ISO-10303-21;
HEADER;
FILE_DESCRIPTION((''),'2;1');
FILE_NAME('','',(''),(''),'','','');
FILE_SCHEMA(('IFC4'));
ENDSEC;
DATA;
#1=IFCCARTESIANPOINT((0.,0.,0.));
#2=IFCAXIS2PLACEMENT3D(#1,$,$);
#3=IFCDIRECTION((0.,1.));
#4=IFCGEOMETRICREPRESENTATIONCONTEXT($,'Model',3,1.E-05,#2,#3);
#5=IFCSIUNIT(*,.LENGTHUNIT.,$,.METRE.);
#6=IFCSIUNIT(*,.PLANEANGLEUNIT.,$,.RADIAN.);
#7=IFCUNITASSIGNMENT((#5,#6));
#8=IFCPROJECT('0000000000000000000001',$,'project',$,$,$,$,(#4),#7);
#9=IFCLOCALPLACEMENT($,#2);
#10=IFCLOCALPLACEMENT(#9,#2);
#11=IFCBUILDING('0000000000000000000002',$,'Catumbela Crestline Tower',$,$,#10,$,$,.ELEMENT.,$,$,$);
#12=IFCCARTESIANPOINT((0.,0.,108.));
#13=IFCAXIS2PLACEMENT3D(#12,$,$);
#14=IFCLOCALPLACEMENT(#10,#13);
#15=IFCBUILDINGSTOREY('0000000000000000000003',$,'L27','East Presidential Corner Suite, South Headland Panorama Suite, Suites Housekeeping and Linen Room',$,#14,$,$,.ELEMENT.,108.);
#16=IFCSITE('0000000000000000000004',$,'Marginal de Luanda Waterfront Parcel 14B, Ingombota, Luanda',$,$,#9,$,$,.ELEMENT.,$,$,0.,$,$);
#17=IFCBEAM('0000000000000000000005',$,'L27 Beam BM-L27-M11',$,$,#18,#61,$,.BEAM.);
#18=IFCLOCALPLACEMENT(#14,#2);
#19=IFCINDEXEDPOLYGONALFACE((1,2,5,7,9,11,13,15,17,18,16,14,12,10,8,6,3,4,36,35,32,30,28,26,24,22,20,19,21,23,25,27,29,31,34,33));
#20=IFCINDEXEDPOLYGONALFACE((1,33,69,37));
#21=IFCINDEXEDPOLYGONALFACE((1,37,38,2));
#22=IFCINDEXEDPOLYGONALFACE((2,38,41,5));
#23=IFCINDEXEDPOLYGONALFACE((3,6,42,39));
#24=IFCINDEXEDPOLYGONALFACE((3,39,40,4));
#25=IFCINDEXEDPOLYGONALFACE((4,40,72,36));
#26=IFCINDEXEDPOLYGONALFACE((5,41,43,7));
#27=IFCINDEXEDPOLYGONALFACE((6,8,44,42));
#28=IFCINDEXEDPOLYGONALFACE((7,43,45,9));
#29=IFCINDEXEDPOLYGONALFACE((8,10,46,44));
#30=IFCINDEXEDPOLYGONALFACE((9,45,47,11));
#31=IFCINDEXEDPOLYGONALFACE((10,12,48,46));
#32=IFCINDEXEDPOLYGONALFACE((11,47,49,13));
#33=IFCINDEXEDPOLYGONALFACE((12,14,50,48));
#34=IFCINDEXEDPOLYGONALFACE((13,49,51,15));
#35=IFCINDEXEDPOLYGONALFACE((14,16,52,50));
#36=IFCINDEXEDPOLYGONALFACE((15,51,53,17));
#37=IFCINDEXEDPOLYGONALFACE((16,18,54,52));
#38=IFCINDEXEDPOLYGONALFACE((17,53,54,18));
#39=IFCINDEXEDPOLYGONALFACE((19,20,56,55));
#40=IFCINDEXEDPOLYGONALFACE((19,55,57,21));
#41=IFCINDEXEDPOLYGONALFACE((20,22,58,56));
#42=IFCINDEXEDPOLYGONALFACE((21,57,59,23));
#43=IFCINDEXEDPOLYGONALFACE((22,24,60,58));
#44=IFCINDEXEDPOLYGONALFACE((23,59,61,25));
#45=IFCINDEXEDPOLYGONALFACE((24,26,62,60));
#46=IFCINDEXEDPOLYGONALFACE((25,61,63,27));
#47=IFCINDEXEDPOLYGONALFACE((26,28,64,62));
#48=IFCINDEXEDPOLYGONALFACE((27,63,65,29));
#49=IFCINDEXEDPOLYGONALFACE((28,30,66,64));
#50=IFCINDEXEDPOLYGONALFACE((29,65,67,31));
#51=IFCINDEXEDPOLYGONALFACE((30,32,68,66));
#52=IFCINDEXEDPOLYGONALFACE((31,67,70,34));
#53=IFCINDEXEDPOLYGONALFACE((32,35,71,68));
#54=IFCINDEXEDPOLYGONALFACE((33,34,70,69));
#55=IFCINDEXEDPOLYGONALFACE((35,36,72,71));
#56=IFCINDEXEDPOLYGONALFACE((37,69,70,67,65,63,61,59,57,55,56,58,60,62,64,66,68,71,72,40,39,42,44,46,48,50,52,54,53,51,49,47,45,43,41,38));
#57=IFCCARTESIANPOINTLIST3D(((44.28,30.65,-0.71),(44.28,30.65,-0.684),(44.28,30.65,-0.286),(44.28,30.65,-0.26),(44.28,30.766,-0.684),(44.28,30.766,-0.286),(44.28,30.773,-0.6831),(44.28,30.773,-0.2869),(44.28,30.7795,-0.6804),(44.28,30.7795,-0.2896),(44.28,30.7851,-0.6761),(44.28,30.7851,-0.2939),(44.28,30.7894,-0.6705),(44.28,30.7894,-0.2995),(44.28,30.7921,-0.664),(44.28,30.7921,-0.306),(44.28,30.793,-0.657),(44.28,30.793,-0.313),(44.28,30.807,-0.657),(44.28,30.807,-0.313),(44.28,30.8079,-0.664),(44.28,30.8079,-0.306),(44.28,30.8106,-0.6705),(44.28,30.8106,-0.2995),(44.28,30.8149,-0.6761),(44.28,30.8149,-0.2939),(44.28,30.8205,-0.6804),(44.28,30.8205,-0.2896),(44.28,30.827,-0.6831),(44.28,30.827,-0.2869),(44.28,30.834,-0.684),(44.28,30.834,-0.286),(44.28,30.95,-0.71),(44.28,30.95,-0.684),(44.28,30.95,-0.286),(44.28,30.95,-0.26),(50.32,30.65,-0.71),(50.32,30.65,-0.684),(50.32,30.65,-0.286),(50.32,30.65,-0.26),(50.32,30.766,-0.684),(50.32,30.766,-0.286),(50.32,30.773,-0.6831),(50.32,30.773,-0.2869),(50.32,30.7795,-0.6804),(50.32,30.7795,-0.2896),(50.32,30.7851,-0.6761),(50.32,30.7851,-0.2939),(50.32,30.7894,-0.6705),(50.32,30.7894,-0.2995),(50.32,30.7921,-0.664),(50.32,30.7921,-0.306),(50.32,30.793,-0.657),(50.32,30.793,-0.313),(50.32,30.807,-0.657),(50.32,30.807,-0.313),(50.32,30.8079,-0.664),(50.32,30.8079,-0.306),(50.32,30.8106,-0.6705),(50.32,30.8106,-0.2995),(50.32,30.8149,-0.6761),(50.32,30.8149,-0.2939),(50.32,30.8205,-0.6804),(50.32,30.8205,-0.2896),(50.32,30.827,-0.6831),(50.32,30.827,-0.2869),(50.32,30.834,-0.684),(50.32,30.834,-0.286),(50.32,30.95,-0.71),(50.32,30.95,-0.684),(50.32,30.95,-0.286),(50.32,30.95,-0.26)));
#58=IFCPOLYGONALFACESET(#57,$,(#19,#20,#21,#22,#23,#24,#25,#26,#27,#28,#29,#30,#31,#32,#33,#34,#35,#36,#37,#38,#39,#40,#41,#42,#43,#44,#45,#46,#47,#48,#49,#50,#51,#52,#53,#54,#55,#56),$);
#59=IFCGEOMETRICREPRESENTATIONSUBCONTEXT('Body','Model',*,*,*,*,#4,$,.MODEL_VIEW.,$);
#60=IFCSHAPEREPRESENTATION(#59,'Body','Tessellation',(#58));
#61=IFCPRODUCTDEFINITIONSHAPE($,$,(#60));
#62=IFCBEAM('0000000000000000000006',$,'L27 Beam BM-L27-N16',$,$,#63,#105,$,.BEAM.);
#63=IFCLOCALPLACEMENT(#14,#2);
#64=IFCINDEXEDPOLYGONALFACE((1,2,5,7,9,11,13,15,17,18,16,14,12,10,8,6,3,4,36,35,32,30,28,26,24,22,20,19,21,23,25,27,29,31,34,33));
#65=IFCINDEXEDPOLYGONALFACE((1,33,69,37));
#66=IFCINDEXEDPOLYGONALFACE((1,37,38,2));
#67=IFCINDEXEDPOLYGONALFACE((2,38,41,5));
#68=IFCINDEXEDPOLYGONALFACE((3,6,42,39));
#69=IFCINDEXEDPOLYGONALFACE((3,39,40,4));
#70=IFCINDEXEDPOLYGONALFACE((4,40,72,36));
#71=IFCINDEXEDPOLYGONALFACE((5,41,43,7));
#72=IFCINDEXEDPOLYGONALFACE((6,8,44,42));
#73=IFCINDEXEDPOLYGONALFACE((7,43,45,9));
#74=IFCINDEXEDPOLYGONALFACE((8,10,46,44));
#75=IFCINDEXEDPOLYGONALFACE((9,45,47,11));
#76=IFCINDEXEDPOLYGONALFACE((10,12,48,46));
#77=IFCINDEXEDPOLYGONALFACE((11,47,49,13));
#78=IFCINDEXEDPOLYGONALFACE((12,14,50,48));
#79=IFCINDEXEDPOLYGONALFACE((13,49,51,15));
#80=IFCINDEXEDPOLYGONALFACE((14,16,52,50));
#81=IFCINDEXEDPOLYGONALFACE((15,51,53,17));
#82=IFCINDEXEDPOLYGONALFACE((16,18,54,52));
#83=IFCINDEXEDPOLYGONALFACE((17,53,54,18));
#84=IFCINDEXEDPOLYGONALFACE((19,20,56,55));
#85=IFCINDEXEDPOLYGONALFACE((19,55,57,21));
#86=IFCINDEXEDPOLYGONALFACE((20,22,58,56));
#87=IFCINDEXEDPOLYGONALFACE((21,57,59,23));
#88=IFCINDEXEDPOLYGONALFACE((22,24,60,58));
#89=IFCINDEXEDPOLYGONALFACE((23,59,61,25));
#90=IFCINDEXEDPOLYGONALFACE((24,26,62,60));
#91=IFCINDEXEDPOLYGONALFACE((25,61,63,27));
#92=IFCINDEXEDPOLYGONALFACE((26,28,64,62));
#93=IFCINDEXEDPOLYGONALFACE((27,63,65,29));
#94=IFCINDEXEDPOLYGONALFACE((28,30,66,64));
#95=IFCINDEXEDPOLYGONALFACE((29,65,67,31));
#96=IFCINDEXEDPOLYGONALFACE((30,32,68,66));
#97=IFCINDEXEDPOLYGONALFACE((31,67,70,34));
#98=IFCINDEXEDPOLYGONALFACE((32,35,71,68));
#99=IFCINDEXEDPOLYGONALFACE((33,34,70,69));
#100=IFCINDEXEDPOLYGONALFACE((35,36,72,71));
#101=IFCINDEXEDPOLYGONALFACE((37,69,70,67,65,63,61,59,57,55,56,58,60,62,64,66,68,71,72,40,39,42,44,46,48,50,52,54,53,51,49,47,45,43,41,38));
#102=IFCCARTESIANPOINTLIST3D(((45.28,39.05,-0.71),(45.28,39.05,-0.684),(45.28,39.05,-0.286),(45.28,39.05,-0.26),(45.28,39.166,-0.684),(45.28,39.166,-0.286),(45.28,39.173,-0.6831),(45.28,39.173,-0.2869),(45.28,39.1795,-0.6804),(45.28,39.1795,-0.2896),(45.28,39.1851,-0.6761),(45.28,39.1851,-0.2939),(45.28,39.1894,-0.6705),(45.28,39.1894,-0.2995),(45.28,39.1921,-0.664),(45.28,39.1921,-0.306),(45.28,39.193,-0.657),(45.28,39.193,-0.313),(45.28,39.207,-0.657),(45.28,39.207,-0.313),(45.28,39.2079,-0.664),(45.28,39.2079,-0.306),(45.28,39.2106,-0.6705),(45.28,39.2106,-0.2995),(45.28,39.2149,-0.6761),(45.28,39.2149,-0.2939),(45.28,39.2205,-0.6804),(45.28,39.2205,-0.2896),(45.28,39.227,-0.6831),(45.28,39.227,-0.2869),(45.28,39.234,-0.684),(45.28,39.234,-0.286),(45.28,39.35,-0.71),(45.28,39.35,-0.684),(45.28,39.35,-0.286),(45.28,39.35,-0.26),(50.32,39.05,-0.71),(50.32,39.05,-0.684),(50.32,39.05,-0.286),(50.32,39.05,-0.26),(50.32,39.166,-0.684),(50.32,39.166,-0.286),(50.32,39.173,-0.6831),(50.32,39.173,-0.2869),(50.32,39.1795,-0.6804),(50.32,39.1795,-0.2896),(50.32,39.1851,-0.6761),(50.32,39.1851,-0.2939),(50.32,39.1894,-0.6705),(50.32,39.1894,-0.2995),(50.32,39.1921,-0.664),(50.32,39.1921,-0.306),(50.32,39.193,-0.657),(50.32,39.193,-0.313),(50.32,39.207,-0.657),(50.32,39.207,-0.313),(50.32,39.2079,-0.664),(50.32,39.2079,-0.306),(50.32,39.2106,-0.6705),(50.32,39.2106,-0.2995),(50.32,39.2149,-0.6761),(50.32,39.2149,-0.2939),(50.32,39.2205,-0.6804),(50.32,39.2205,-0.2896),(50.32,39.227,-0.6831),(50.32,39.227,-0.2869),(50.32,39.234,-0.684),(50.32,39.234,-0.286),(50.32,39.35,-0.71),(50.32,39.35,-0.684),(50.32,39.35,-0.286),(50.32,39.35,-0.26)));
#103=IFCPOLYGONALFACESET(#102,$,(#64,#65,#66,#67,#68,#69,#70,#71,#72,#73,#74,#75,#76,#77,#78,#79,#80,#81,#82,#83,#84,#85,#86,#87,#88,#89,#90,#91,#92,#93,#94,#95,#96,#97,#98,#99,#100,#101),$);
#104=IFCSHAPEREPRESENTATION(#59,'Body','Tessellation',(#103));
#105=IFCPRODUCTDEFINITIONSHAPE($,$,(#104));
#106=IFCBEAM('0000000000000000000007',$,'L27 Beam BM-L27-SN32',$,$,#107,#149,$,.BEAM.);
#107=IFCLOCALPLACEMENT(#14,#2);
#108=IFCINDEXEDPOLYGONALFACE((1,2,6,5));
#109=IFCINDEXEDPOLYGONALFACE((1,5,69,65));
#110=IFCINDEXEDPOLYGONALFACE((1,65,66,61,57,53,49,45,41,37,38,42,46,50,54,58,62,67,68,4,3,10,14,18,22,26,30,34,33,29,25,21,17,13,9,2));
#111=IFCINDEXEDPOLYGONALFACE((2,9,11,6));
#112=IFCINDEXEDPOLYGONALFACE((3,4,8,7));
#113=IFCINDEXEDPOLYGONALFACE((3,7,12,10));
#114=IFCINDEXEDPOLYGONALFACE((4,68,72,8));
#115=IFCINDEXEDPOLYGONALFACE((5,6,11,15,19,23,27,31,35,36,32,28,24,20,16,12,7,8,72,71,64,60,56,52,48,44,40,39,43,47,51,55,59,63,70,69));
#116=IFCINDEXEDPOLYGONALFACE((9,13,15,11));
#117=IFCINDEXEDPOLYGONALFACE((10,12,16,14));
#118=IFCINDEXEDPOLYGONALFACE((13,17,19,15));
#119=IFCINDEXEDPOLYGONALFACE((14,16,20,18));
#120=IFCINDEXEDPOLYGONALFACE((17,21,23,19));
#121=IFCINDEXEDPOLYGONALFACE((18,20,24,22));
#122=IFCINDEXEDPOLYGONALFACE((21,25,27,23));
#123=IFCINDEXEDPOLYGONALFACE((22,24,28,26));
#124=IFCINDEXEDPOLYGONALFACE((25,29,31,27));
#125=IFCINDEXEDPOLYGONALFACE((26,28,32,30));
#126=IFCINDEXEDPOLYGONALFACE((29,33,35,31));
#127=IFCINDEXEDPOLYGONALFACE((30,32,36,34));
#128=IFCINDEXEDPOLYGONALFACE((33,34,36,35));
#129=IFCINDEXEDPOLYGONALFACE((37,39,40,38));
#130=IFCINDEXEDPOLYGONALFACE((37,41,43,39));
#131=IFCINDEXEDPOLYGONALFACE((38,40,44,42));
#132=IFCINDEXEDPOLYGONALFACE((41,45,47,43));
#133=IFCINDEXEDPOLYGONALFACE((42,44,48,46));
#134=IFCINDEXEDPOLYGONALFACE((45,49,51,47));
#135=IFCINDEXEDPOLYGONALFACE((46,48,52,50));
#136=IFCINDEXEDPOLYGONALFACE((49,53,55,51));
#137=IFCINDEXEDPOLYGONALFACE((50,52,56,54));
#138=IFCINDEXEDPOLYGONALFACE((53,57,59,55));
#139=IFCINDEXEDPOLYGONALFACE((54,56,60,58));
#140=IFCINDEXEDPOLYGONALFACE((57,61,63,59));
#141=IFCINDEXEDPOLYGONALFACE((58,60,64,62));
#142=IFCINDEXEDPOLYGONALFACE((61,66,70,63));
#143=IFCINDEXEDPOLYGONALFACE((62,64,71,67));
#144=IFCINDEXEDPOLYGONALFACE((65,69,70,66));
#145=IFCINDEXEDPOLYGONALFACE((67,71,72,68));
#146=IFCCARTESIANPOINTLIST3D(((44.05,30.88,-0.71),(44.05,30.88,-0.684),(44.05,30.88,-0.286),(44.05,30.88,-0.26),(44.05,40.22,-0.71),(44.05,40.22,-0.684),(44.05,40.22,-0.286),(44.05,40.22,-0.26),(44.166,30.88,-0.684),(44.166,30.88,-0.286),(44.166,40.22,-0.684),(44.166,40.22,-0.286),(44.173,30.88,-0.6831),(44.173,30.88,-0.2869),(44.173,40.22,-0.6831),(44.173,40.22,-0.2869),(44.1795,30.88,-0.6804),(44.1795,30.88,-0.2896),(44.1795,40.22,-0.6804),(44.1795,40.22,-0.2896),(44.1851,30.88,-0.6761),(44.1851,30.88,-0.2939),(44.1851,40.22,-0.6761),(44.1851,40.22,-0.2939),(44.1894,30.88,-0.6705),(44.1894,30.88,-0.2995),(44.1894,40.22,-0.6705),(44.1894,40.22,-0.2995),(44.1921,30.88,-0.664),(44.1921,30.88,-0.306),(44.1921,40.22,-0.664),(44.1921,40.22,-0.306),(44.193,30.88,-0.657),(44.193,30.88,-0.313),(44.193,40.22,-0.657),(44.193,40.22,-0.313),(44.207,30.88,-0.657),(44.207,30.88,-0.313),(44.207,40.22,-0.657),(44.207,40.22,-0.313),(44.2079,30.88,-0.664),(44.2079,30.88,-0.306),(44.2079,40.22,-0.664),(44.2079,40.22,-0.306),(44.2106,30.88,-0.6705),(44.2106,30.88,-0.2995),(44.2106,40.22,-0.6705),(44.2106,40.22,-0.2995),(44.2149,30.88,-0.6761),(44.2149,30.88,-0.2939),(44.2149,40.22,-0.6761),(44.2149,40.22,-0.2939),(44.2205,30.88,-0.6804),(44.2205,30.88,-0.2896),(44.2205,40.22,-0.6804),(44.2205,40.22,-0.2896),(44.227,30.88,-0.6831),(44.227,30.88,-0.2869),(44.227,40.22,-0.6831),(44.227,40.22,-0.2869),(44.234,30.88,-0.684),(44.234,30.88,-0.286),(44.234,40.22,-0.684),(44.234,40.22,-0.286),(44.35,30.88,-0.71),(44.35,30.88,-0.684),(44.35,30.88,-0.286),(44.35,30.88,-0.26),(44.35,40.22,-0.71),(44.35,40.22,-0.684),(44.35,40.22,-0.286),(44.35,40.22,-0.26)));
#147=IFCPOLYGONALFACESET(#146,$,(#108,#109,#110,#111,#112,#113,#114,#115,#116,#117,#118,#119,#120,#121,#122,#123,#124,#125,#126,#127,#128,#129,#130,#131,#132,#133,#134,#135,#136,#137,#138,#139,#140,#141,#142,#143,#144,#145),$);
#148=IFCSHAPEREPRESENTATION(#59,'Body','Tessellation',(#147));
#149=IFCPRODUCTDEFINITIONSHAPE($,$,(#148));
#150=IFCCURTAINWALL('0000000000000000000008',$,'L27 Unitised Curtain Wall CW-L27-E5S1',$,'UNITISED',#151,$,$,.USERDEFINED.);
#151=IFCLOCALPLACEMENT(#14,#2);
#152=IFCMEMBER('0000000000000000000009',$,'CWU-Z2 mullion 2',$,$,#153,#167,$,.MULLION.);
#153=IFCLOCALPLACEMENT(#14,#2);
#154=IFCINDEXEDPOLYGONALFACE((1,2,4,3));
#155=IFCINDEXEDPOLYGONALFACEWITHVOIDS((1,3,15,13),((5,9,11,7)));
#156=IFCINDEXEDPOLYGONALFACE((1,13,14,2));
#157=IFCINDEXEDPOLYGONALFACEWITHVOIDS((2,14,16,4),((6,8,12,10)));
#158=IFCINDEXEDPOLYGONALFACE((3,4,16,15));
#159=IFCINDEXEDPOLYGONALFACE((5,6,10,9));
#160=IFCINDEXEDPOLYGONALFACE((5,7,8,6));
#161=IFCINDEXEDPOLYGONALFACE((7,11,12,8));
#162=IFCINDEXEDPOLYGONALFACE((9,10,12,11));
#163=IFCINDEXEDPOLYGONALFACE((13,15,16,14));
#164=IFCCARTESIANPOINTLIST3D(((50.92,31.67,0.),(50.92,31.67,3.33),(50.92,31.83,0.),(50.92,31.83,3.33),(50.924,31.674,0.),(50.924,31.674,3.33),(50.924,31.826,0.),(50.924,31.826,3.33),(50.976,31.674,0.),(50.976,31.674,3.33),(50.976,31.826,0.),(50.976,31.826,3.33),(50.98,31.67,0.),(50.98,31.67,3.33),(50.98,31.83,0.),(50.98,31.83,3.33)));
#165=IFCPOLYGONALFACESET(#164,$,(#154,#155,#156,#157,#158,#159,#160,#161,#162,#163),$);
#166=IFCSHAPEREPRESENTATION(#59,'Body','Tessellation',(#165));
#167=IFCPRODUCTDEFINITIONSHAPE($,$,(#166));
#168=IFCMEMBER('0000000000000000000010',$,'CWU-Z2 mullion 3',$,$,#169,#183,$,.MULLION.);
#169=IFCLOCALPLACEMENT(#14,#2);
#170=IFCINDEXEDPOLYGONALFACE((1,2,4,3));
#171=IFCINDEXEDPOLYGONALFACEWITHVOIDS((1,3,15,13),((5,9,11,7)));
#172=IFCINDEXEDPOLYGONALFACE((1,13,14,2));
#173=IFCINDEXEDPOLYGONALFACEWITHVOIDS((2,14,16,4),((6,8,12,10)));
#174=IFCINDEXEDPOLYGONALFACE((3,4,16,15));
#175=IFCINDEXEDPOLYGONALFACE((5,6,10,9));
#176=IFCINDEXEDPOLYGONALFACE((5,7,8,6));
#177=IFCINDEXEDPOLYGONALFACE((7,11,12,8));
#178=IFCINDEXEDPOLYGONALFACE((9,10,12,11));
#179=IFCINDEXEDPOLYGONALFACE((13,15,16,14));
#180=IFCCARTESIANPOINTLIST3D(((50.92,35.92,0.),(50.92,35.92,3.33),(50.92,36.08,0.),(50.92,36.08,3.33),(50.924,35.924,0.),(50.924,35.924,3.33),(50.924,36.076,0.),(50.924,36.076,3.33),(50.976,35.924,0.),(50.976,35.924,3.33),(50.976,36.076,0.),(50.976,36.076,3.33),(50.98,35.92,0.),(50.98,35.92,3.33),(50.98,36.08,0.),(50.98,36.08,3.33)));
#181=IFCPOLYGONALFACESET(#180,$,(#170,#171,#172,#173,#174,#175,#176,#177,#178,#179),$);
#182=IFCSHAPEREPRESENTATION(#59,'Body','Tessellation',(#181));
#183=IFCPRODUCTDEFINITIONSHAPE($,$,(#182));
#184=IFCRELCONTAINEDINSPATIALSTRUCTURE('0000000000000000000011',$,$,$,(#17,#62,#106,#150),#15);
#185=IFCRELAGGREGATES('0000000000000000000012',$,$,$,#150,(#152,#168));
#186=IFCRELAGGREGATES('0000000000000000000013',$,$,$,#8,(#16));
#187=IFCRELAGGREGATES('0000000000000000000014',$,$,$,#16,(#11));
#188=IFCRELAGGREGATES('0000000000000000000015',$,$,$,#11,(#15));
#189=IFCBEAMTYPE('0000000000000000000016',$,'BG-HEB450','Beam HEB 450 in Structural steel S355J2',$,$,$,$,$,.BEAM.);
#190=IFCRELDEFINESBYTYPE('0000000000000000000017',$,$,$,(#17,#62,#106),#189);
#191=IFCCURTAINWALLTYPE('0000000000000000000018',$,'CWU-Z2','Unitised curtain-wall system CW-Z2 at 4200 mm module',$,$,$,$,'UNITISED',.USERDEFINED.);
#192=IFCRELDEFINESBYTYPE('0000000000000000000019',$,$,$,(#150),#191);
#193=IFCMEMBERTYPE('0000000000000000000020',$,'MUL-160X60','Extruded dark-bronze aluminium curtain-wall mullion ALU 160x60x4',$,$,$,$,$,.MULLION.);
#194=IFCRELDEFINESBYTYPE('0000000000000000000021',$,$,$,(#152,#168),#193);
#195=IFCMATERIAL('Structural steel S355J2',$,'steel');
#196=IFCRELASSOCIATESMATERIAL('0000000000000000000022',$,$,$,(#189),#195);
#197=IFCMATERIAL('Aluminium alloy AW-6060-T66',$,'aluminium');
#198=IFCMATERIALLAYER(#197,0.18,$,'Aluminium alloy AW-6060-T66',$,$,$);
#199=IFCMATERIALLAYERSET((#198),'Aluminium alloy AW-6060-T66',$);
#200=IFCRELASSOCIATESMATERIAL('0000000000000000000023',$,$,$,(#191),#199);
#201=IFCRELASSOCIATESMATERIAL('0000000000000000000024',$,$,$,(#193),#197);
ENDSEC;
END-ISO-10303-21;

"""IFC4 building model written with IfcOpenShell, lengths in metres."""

from ifc_helpers import new_model, si_unit, direction, frame, origin, origin_2d, place, context, subcontext, project, spatial, hollow_rectangle, i_section, extrude, material, layer, layer_set, material_profile, profile_set, type_object, element, aggregate, save


model = new_model("IFC4")

# Units and contexts
model_context = context("Model", 3, precision=1e-05, world=origin(), true_north=direction((0.0, 1.0)))
body_context = subcontext(model_context, "Body", "Model", "MODEL_VIEW")
ifc_project = project(units=[si_unit("LENGTHUNIT", "METRE"), si_unit("PLANEANGLEUNIT", "RADIAN")], contexts=[model_context])

# Site, building, storey
site_placement = place(None, origin())
site = spatial("IfcSite", under=ifc_project, at=site_placement, Name="Marginal de Luanda Waterfront Parcel 14B, Ingombota, Luanda", CompositionType="ELEMENT", RefElevation=0.0)
building_placement = place(site_placement, origin())
building = spatial("IfcBuilding", under=site, at=building_placement, Name="Catumbela Crestline Tower", CompositionType="ELEMENT")
storey_placement = place(building_placement, frame((0.0, 0.0, 108.0)))
storey = spatial("IfcBuildingStorey", under=building, at=storey_placement, Name="L27", Description="East Presidential Corner Suite, South Headland Panorama Suite, Suites Housekeeping and Linen Room", CompositionType="ELEMENT", Elevation=108.0)

# Beams
ifc_material_1 = material(Name="Structural steel S355J2", Category="steel")
ifc_material_profile_1 = material_profile(ifc_material_1, i_section(OverallWidth=0.3, OverallDepth=0.45, WebThickness=0.014, FlangeThickness=0.026, FilletRadius=0.027, at=origin_2d()), Name="HEB 450")
ifc_profile_set_1 = profile_set([ifc_material_profile_1], Name="Structural steel S355J2")
beam_type_1 = type_object("IfcBeamType", Name="BG-HEB450", Description="Beam HEB 450 in Structural steel S355J2", PredefinedType="BEAM", material=ifc_profile_set_1)
beam_1_placement = place(storey_placement, frame((44.28, 30.8, -0.485), z_axis=(1.0, 0.0, 0.0), x_axis=(0.0, 1.0, 0.0)))
element("IfcBeam", 1, at=beam_1_placement, inside=storey, type_object=beam_type_1, Name="L27 Beam BM-L27-M11", PredefinedType="BEAM", context=body_context, shape_type="SweptSolid", body=[
    extrude(i_section(OverallWidth=0.3, OverallDepth=0.45, WebThickness=0.014, FlangeThickness=0.026, FilletRadius=0.027, at=origin_2d()), origin(), (0.0, 0.0, 1.0), 6.04),
])
beam_2_placement = place(storey_placement, frame((45.28, 39.2, -0.485), z_axis=(1.0, 0.0, 0.0), x_axis=(0.0, 1.0, 0.0)))
element("IfcBeam", 2, at=beam_2_placement, inside=storey, type_object=beam_type_1, Name="L27 Beam BM-L27-N16", PredefinedType="BEAM", context=body_context, shape_type="SweptSolid", body=[
    extrude(i_section(OverallWidth=0.3, OverallDepth=0.45, WebThickness=0.014, FlangeThickness=0.026, FilletRadius=0.027, at=origin_2d()), origin(), (0.0, 0.0, 1.0), 5.04),
])
beam_3_placement = place(storey_placement, frame((44.2, 30.88, -0.485), z_axis=(0.0, 1.0, 0.0), x_axis=(-1.0, 0.0, 0.0)))
element("IfcBeam", 3, at=beam_3_placement, inside=storey, type_object=beam_type_1, Name="L27 Beam BM-L27-SN32", PredefinedType="BEAM", context=body_context, shape_type="SweptSolid", body=[
    extrude(i_section(OverallWidth=0.3, OverallDepth=0.45, WebThickness=0.014, FlangeThickness=0.026, FilletRadius=0.027, at=origin_2d()), origin(), (0.0, 0.0, 1.0), 9.34),
])

# Curtain wall, members
ifc_material_2 = material(Name="Aluminium alloy AW-6060-T66", Category="aluminium")
ifc_layer_1 = layer(ifc_material_2, 0.18, Name="Aluminium alloy AW-6060-T66")
ifc_layer_set_1 = layer_set([ifc_layer_1], Name="Aluminium alloy AW-6060-T66")
curtain_wall_type = type_object("IfcCurtainWallType", Name="CWU-Z2", Description="Unitised curtain-wall system CW-Z2 at 4200 mm module", ElementType="UNITISED", PredefinedType="USERDEFINED", material=ifc_layer_set_1)
curtain_wall_placement = place(storey_placement, origin())
curtain_wall = element("IfcCurtainWall", 4, at=curtain_wall_placement, inside=storey, type_object=curtain_wall_type, Name="L27 Unitised Curtain Wall CW-L27-E5S1", ObjectType="UNITISED", PredefinedType="USERDEFINED")
ifc_material_profile_2 = material_profile(ifc_material_2, hollow_rectangle(XDim=0.06, YDim=0.16, WallThickness=0.004, at=origin_2d()), Name="ALU 160x60x4")
ifc_profile_set_2 = profile_set([ifc_material_profile_2], Name="Aluminium alloy AW-6060-T66")
member_type_1 = type_object("IfcMemberType", Name="MUL-160X60", Description="Extruded dark-bronze aluminium curtain-wall mullion ALU 160x60x4", PredefinedType="MULLION", material=ifc_profile_set_2)
member_1_placement = place(storey_placement, frame((50.95, 31.75, 0.0), z_axis=(0.0, 0.0, 1.0), x_axis=(-1.0, 0.0, 0.0)))
member_1 = element("IfcMember", 5, at=member_1_placement, type_object=member_type_1, Name="CWU-Z2 mullion 2", PredefinedType="MULLION", context=body_context, shape_type="SweptSolid", body=[
    extrude(hollow_rectangle(XDim=0.06, YDim=0.16, WallThickness=0.004, at=origin_2d()), origin(), (0.0, 0.0, 1.0), 3.33),
])
member_2_placement = place(storey_placement, frame((50.95, 36.0, 0.0), z_axis=(0.0, 0.0, 1.0), x_axis=(-1.0, 0.0, 0.0)))
member_2 = element("IfcMember", 6, at=member_2_placement, type_object=member_type_1, Name="CWU-Z2 mullion 3", PredefinedType="MULLION", context=body_context, shape_type="SweptSolid", body=[
    extrude(hollow_rectangle(XDim=0.06, YDim=0.16, WallThickness=0.004, at=origin_2d()), origin(), (0.0, 0.0, 1.0), 3.33),
])

aggregate(curtain_wall, [member_1, member_2])

save(model, "model.ifc")
